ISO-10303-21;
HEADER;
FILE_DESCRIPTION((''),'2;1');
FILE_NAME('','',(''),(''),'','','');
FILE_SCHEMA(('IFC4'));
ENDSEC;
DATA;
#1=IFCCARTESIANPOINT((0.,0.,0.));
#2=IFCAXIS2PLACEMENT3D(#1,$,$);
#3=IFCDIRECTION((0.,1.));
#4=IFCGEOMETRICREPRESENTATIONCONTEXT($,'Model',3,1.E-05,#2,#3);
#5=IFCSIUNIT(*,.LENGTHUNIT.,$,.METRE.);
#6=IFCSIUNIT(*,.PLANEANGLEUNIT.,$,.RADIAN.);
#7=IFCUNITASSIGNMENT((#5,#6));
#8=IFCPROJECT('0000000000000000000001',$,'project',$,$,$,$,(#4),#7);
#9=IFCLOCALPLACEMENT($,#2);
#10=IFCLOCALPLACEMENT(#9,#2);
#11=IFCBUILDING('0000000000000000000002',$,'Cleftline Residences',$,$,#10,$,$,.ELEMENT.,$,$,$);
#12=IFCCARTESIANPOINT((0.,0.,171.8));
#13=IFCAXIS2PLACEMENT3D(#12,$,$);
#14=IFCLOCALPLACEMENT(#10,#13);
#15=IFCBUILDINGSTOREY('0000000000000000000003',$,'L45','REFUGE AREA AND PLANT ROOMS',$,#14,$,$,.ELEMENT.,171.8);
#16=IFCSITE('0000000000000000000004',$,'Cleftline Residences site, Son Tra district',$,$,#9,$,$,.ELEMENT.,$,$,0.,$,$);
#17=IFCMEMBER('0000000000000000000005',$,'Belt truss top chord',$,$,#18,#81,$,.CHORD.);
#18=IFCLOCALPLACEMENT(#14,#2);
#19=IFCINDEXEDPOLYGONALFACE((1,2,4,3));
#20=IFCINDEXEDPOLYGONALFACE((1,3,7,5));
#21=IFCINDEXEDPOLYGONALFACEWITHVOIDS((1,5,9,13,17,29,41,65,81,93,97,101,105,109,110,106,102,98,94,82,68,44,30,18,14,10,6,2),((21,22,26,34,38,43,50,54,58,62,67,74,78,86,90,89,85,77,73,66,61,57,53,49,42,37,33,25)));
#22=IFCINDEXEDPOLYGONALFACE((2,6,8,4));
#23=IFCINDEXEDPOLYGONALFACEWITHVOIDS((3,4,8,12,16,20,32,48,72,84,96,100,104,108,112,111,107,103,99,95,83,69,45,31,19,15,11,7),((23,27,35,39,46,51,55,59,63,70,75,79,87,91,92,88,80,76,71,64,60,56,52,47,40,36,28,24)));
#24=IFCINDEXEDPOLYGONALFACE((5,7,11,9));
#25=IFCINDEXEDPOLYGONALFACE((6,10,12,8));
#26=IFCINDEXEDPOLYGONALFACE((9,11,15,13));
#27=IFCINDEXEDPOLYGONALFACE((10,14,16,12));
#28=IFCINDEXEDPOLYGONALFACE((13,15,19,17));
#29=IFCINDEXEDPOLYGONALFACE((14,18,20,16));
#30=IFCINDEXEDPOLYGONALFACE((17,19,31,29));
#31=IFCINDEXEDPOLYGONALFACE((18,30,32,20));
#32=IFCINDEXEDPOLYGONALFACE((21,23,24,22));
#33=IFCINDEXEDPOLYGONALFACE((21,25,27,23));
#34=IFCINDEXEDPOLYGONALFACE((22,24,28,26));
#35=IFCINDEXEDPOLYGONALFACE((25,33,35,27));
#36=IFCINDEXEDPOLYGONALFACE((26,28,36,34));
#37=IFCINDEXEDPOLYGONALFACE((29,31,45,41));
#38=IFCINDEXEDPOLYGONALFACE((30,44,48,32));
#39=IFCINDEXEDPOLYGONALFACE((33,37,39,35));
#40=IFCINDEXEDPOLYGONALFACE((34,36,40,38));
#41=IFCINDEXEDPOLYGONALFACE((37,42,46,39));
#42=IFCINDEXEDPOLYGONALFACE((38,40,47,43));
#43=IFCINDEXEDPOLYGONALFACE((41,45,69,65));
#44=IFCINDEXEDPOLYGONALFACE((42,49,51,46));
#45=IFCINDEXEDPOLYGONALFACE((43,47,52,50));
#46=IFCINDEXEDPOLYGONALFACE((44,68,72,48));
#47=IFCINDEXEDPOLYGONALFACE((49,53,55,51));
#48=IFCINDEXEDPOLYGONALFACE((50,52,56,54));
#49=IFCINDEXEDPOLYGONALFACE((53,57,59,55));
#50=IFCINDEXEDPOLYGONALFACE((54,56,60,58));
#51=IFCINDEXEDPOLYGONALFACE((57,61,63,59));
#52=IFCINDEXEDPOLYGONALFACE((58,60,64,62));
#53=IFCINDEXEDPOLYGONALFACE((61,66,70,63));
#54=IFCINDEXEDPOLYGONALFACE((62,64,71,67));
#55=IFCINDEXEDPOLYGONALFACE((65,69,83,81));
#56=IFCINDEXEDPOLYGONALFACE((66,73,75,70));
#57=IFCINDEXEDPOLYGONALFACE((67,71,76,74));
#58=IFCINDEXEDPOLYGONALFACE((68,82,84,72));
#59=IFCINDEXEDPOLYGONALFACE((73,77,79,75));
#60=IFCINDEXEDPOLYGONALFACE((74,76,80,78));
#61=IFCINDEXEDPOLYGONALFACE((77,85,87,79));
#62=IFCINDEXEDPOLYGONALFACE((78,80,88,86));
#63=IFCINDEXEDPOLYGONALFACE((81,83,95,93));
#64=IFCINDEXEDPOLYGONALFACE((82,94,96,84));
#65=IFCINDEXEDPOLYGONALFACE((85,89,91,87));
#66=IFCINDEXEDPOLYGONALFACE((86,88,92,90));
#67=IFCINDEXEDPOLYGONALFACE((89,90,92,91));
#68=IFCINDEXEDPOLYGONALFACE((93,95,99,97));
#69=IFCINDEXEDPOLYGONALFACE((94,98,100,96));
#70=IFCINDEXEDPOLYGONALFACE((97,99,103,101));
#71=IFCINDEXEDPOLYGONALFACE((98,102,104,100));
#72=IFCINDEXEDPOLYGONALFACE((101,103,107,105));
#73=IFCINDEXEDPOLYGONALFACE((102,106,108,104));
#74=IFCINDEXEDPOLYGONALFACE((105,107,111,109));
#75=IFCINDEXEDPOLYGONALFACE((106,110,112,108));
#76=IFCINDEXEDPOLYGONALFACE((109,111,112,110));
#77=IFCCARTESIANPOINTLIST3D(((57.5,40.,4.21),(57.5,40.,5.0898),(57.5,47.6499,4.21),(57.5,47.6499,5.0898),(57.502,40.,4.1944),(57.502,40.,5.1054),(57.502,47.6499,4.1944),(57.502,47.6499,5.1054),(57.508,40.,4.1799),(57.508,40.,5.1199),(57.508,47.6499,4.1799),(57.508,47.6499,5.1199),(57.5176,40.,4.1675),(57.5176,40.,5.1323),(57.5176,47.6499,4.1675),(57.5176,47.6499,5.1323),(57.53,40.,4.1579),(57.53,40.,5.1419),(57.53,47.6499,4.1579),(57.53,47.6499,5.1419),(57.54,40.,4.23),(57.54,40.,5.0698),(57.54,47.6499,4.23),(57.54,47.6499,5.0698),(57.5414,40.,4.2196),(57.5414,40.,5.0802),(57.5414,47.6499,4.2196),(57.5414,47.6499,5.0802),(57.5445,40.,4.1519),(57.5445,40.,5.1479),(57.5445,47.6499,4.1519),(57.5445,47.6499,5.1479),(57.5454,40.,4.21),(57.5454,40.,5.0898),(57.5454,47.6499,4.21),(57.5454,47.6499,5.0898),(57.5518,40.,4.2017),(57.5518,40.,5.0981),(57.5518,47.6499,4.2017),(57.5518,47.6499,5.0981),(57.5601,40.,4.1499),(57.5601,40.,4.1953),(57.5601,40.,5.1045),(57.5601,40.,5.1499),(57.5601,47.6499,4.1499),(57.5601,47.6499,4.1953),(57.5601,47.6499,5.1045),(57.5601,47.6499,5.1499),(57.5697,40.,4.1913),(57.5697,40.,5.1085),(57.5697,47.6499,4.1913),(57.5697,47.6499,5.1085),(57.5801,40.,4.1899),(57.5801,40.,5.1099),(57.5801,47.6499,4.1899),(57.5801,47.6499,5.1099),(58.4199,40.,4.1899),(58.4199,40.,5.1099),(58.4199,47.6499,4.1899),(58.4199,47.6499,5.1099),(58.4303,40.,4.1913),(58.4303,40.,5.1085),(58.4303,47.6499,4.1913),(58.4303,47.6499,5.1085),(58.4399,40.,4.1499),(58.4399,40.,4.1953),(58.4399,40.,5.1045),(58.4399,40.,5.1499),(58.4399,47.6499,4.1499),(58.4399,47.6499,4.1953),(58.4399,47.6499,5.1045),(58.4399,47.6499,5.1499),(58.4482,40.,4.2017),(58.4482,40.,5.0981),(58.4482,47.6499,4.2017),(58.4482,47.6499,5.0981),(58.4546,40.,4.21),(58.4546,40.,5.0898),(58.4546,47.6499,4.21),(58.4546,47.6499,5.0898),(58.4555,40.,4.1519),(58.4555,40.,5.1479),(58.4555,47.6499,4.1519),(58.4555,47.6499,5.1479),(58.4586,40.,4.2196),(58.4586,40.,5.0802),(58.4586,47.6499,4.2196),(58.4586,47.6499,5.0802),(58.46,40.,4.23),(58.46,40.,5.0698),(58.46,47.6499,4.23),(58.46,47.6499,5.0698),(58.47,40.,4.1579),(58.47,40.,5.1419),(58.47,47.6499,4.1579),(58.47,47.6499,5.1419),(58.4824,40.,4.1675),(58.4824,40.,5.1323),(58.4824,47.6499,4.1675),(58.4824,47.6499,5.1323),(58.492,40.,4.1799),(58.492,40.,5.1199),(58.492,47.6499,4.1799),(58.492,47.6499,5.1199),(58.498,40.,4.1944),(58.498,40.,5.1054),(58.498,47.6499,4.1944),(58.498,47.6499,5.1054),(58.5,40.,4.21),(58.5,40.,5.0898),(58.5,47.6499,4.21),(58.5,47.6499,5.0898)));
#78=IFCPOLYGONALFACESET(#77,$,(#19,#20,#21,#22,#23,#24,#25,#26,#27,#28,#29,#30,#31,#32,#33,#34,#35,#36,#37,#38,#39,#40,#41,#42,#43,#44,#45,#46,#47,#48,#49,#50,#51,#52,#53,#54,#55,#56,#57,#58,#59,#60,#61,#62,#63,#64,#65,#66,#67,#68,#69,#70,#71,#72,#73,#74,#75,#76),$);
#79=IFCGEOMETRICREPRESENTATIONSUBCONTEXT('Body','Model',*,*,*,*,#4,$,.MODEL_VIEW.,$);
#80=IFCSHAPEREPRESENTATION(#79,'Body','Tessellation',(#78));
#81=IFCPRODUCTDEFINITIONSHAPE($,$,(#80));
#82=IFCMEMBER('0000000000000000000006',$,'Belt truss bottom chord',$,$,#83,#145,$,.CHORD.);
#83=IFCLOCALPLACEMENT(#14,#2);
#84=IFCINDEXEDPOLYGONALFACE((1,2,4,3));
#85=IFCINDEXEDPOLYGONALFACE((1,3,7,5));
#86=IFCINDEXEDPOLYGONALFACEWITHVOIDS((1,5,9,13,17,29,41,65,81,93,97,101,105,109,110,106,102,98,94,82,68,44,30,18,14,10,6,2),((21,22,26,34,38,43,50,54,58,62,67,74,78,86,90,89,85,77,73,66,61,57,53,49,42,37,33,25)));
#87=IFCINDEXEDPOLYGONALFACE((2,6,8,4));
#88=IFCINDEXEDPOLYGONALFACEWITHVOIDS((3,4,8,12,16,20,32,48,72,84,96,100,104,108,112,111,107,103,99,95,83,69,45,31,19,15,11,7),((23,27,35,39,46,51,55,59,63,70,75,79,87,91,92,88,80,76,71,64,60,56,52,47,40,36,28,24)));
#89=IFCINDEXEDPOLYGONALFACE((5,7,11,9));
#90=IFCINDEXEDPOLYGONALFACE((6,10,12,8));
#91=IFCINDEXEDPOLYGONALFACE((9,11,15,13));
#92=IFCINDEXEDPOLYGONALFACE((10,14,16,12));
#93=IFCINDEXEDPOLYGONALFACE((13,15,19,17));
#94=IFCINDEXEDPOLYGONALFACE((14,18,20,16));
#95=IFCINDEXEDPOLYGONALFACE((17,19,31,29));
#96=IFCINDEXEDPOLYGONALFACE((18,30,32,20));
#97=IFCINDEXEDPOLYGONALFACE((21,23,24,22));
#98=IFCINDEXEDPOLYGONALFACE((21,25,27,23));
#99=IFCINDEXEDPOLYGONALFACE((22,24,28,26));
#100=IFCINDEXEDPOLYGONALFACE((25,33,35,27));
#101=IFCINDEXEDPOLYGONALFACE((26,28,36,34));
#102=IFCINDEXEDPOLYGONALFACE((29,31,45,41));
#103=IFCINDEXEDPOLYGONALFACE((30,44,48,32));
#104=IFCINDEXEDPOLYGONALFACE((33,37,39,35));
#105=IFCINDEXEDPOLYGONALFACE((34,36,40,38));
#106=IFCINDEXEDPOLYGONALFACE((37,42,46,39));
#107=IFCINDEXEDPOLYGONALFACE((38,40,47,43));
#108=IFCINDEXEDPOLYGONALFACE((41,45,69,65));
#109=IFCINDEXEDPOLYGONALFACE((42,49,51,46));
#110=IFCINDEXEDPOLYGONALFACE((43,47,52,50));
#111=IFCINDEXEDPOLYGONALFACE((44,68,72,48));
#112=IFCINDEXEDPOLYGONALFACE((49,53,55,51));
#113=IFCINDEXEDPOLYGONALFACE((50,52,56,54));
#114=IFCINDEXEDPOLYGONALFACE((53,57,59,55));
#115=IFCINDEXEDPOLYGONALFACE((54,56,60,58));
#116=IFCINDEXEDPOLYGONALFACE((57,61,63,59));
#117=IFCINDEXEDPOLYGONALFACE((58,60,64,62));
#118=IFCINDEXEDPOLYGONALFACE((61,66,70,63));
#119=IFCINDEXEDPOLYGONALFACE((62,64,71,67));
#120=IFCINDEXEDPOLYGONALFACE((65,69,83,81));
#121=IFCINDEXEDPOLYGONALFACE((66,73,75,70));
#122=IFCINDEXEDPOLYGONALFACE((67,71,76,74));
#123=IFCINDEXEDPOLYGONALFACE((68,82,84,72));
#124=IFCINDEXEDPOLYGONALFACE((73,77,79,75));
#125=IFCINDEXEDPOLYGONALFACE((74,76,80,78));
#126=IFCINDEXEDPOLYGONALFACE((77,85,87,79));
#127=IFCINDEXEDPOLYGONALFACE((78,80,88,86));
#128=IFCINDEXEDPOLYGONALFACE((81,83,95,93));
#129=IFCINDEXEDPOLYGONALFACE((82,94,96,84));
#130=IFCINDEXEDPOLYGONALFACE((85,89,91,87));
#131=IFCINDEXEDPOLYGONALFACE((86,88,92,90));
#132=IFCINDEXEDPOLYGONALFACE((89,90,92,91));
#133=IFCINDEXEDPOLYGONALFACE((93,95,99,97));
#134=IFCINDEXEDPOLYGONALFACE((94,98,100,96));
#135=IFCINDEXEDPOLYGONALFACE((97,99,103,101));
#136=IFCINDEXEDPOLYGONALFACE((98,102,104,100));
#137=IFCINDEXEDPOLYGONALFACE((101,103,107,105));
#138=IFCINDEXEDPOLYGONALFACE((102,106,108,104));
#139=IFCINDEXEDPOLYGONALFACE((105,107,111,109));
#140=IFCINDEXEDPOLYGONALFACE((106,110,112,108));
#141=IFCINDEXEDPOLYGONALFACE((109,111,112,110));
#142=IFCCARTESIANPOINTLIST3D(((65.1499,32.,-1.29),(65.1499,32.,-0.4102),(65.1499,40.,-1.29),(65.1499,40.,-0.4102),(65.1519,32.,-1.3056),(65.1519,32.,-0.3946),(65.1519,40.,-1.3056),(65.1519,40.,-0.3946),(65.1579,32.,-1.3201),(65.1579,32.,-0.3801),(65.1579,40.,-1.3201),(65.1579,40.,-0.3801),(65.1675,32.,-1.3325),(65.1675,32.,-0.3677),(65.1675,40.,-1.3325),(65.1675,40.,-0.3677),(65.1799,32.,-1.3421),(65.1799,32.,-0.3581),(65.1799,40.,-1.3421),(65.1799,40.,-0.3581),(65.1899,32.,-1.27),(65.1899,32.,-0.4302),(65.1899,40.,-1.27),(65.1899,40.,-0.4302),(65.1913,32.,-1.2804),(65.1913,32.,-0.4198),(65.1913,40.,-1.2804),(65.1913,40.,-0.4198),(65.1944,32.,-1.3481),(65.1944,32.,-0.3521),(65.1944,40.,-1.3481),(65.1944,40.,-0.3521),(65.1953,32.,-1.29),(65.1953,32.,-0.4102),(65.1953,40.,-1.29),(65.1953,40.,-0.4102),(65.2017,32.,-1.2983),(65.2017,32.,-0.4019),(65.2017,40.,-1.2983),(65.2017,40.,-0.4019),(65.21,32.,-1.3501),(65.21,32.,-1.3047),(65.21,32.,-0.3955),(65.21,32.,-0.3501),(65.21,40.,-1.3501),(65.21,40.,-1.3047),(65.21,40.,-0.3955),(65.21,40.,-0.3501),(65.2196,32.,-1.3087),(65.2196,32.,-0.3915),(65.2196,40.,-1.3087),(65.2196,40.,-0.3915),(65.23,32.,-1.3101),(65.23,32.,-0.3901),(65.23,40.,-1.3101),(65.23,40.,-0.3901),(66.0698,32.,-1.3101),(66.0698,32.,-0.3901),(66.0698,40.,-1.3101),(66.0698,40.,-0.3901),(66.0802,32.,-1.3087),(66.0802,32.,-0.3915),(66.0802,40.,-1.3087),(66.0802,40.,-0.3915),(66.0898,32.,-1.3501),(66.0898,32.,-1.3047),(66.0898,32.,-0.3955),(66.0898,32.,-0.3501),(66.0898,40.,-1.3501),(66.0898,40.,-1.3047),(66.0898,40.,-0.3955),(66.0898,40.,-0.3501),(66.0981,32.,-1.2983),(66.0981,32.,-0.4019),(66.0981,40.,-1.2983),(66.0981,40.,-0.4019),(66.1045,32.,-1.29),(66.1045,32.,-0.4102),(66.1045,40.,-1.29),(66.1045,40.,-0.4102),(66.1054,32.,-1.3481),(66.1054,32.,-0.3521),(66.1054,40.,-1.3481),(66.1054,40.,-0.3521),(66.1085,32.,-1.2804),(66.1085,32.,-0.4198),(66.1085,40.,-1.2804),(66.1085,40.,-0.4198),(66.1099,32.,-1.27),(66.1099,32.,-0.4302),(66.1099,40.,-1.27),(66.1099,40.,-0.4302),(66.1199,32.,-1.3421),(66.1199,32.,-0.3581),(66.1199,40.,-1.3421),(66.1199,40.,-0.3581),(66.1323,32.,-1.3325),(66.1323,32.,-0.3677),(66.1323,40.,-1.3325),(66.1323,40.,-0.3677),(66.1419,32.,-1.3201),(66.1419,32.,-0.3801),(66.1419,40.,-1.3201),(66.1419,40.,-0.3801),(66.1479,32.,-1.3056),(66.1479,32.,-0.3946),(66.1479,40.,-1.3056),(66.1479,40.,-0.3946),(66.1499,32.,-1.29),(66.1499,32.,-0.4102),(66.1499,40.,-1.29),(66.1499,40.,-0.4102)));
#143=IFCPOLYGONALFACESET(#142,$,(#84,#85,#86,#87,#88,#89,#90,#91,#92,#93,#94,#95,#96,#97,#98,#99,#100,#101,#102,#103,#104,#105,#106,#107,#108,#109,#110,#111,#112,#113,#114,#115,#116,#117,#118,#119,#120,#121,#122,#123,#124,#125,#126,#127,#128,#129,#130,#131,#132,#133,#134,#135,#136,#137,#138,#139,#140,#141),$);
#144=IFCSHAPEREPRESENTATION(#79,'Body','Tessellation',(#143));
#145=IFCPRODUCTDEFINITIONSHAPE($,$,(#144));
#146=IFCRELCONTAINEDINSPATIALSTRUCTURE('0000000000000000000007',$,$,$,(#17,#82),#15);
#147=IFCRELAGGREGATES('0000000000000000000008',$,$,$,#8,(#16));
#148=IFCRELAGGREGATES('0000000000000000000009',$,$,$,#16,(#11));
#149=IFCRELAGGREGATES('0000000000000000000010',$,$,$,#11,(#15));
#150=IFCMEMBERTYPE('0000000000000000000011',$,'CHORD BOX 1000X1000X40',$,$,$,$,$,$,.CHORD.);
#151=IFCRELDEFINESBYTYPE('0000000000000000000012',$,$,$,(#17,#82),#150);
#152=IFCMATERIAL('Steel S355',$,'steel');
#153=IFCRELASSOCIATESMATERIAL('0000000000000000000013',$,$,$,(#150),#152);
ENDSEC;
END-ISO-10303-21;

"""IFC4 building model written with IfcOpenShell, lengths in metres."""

from ifc_helpers import new_model, si_unit, direction, frame, origin, origin_2d, place, context, subcontext, project, spatial, hollow_rectangle, extrude, material, material_profile, profile_set, type_object, element, save


model = new_model("IFC4")

# Units and contexts
model_context = context("Model", 3, precision=1e-05, world=origin(), true_north=direction((0.0, 1.0)))
body_context = subcontext(model_context, "Body", "Model", "MODEL_VIEW")
ifc_project = project(units=[si_unit("LENGTHUNIT", "METRE"), si_unit("PLANEANGLEUNIT", "RADIAN")], contexts=[model_context])

# Site, building, storey
site_placement = place(None, origin())
site = spatial("IfcSite", under=ifc_project, at=site_placement, Name="Cleftline Residences site, Son Tra district", CompositionType="ELEMENT", RefElevation=0.0)
building_placement = place(site_placement, origin())
building = spatial("IfcBuilding", under=site, at=building_placement, Name="Cleftline Residences", CompositionType="ELEMENT")
storey_placement = place(building_placement, frame((0.0, 0.0, 171.8)))
storey = spatial("IfcBuildingStorey", under=building, at=storey_placement, Name="L45", Description="REFUGE AREA AND PLANT ROOMS", CompositionType="ELEMENT", Elevation=171.8)

# Members
ifc_material_1 = material(Name="Steel S355", Category="steel")
ifc_material_profile_1 = material_profile(ifc_material_1, hollow_rectangle(XDim=1.0, YDim=1.0, WallThickness=0.04, InnerFilletRadius=0.04, OuterFilletRadius=0.0601, at=origin_2d()))
ifc_profile_set_1 = profile_set([ifc_material_profile_1], Name="Steel S355")
member_type_1 = type_object("IfcMemberType", Name="CHORD BOX 1000X1000X40", PredefinedType="CHORD", material=ifc_profile_set_1)
for number, where, z_axis, x_axis, name in (
    (1, (58.0, 40.0, 4.6499), (0.0, 1.0, 0.0), (-1.0, 0.0, 0.0), "Belt truss top chord"),
):
    element("IfcMember", number, at=place(storey_placement, frame(where, z_axis=z_axis, x_axis=x_axis)), inside=storey, type_object=member_type_1, Name=name, PredefinedType="CHORD", context=body_context, shape_type="SweptSolid", body=[
        extrude(hollow_rectangle(XDim=1.0, YDim=1.0, WallThickness=0.04, InnerFilletRadius=0.04, OuterFilletRadius=0.0601, at=origin_2d()), origin(), (0.0, 0.0, 1.0), 7.6499),
    ])
for number, where, z_axis, x_axis, name in (
    (2, (65.6499, 32.0, -0.8501), (0.0, 1.0, 0.0), (-1.0, 0.0, 0.0), "Belt truss bottom chord"),
):
    element("IfcMember", number, at=place(storey_placement, frame(where, z_axis=z_axis, x_axis=x_axis)), inside=storey, type_object=member_type_1, Name=name, PredefinedType="CHORD", context=body_context, shape_type="SweptSolid", body=[
        extrude(hollow_rectangle(XDim=1.0, YDim=1.0, WallThickness=0.04, InnerFilletRadius=0.04, OuterFilletRadius=0.0601, at=origin_2d()), origin(), (0.0, 0.0, 1.0), 8.0),
    ])

save(model, "model.ifc")
